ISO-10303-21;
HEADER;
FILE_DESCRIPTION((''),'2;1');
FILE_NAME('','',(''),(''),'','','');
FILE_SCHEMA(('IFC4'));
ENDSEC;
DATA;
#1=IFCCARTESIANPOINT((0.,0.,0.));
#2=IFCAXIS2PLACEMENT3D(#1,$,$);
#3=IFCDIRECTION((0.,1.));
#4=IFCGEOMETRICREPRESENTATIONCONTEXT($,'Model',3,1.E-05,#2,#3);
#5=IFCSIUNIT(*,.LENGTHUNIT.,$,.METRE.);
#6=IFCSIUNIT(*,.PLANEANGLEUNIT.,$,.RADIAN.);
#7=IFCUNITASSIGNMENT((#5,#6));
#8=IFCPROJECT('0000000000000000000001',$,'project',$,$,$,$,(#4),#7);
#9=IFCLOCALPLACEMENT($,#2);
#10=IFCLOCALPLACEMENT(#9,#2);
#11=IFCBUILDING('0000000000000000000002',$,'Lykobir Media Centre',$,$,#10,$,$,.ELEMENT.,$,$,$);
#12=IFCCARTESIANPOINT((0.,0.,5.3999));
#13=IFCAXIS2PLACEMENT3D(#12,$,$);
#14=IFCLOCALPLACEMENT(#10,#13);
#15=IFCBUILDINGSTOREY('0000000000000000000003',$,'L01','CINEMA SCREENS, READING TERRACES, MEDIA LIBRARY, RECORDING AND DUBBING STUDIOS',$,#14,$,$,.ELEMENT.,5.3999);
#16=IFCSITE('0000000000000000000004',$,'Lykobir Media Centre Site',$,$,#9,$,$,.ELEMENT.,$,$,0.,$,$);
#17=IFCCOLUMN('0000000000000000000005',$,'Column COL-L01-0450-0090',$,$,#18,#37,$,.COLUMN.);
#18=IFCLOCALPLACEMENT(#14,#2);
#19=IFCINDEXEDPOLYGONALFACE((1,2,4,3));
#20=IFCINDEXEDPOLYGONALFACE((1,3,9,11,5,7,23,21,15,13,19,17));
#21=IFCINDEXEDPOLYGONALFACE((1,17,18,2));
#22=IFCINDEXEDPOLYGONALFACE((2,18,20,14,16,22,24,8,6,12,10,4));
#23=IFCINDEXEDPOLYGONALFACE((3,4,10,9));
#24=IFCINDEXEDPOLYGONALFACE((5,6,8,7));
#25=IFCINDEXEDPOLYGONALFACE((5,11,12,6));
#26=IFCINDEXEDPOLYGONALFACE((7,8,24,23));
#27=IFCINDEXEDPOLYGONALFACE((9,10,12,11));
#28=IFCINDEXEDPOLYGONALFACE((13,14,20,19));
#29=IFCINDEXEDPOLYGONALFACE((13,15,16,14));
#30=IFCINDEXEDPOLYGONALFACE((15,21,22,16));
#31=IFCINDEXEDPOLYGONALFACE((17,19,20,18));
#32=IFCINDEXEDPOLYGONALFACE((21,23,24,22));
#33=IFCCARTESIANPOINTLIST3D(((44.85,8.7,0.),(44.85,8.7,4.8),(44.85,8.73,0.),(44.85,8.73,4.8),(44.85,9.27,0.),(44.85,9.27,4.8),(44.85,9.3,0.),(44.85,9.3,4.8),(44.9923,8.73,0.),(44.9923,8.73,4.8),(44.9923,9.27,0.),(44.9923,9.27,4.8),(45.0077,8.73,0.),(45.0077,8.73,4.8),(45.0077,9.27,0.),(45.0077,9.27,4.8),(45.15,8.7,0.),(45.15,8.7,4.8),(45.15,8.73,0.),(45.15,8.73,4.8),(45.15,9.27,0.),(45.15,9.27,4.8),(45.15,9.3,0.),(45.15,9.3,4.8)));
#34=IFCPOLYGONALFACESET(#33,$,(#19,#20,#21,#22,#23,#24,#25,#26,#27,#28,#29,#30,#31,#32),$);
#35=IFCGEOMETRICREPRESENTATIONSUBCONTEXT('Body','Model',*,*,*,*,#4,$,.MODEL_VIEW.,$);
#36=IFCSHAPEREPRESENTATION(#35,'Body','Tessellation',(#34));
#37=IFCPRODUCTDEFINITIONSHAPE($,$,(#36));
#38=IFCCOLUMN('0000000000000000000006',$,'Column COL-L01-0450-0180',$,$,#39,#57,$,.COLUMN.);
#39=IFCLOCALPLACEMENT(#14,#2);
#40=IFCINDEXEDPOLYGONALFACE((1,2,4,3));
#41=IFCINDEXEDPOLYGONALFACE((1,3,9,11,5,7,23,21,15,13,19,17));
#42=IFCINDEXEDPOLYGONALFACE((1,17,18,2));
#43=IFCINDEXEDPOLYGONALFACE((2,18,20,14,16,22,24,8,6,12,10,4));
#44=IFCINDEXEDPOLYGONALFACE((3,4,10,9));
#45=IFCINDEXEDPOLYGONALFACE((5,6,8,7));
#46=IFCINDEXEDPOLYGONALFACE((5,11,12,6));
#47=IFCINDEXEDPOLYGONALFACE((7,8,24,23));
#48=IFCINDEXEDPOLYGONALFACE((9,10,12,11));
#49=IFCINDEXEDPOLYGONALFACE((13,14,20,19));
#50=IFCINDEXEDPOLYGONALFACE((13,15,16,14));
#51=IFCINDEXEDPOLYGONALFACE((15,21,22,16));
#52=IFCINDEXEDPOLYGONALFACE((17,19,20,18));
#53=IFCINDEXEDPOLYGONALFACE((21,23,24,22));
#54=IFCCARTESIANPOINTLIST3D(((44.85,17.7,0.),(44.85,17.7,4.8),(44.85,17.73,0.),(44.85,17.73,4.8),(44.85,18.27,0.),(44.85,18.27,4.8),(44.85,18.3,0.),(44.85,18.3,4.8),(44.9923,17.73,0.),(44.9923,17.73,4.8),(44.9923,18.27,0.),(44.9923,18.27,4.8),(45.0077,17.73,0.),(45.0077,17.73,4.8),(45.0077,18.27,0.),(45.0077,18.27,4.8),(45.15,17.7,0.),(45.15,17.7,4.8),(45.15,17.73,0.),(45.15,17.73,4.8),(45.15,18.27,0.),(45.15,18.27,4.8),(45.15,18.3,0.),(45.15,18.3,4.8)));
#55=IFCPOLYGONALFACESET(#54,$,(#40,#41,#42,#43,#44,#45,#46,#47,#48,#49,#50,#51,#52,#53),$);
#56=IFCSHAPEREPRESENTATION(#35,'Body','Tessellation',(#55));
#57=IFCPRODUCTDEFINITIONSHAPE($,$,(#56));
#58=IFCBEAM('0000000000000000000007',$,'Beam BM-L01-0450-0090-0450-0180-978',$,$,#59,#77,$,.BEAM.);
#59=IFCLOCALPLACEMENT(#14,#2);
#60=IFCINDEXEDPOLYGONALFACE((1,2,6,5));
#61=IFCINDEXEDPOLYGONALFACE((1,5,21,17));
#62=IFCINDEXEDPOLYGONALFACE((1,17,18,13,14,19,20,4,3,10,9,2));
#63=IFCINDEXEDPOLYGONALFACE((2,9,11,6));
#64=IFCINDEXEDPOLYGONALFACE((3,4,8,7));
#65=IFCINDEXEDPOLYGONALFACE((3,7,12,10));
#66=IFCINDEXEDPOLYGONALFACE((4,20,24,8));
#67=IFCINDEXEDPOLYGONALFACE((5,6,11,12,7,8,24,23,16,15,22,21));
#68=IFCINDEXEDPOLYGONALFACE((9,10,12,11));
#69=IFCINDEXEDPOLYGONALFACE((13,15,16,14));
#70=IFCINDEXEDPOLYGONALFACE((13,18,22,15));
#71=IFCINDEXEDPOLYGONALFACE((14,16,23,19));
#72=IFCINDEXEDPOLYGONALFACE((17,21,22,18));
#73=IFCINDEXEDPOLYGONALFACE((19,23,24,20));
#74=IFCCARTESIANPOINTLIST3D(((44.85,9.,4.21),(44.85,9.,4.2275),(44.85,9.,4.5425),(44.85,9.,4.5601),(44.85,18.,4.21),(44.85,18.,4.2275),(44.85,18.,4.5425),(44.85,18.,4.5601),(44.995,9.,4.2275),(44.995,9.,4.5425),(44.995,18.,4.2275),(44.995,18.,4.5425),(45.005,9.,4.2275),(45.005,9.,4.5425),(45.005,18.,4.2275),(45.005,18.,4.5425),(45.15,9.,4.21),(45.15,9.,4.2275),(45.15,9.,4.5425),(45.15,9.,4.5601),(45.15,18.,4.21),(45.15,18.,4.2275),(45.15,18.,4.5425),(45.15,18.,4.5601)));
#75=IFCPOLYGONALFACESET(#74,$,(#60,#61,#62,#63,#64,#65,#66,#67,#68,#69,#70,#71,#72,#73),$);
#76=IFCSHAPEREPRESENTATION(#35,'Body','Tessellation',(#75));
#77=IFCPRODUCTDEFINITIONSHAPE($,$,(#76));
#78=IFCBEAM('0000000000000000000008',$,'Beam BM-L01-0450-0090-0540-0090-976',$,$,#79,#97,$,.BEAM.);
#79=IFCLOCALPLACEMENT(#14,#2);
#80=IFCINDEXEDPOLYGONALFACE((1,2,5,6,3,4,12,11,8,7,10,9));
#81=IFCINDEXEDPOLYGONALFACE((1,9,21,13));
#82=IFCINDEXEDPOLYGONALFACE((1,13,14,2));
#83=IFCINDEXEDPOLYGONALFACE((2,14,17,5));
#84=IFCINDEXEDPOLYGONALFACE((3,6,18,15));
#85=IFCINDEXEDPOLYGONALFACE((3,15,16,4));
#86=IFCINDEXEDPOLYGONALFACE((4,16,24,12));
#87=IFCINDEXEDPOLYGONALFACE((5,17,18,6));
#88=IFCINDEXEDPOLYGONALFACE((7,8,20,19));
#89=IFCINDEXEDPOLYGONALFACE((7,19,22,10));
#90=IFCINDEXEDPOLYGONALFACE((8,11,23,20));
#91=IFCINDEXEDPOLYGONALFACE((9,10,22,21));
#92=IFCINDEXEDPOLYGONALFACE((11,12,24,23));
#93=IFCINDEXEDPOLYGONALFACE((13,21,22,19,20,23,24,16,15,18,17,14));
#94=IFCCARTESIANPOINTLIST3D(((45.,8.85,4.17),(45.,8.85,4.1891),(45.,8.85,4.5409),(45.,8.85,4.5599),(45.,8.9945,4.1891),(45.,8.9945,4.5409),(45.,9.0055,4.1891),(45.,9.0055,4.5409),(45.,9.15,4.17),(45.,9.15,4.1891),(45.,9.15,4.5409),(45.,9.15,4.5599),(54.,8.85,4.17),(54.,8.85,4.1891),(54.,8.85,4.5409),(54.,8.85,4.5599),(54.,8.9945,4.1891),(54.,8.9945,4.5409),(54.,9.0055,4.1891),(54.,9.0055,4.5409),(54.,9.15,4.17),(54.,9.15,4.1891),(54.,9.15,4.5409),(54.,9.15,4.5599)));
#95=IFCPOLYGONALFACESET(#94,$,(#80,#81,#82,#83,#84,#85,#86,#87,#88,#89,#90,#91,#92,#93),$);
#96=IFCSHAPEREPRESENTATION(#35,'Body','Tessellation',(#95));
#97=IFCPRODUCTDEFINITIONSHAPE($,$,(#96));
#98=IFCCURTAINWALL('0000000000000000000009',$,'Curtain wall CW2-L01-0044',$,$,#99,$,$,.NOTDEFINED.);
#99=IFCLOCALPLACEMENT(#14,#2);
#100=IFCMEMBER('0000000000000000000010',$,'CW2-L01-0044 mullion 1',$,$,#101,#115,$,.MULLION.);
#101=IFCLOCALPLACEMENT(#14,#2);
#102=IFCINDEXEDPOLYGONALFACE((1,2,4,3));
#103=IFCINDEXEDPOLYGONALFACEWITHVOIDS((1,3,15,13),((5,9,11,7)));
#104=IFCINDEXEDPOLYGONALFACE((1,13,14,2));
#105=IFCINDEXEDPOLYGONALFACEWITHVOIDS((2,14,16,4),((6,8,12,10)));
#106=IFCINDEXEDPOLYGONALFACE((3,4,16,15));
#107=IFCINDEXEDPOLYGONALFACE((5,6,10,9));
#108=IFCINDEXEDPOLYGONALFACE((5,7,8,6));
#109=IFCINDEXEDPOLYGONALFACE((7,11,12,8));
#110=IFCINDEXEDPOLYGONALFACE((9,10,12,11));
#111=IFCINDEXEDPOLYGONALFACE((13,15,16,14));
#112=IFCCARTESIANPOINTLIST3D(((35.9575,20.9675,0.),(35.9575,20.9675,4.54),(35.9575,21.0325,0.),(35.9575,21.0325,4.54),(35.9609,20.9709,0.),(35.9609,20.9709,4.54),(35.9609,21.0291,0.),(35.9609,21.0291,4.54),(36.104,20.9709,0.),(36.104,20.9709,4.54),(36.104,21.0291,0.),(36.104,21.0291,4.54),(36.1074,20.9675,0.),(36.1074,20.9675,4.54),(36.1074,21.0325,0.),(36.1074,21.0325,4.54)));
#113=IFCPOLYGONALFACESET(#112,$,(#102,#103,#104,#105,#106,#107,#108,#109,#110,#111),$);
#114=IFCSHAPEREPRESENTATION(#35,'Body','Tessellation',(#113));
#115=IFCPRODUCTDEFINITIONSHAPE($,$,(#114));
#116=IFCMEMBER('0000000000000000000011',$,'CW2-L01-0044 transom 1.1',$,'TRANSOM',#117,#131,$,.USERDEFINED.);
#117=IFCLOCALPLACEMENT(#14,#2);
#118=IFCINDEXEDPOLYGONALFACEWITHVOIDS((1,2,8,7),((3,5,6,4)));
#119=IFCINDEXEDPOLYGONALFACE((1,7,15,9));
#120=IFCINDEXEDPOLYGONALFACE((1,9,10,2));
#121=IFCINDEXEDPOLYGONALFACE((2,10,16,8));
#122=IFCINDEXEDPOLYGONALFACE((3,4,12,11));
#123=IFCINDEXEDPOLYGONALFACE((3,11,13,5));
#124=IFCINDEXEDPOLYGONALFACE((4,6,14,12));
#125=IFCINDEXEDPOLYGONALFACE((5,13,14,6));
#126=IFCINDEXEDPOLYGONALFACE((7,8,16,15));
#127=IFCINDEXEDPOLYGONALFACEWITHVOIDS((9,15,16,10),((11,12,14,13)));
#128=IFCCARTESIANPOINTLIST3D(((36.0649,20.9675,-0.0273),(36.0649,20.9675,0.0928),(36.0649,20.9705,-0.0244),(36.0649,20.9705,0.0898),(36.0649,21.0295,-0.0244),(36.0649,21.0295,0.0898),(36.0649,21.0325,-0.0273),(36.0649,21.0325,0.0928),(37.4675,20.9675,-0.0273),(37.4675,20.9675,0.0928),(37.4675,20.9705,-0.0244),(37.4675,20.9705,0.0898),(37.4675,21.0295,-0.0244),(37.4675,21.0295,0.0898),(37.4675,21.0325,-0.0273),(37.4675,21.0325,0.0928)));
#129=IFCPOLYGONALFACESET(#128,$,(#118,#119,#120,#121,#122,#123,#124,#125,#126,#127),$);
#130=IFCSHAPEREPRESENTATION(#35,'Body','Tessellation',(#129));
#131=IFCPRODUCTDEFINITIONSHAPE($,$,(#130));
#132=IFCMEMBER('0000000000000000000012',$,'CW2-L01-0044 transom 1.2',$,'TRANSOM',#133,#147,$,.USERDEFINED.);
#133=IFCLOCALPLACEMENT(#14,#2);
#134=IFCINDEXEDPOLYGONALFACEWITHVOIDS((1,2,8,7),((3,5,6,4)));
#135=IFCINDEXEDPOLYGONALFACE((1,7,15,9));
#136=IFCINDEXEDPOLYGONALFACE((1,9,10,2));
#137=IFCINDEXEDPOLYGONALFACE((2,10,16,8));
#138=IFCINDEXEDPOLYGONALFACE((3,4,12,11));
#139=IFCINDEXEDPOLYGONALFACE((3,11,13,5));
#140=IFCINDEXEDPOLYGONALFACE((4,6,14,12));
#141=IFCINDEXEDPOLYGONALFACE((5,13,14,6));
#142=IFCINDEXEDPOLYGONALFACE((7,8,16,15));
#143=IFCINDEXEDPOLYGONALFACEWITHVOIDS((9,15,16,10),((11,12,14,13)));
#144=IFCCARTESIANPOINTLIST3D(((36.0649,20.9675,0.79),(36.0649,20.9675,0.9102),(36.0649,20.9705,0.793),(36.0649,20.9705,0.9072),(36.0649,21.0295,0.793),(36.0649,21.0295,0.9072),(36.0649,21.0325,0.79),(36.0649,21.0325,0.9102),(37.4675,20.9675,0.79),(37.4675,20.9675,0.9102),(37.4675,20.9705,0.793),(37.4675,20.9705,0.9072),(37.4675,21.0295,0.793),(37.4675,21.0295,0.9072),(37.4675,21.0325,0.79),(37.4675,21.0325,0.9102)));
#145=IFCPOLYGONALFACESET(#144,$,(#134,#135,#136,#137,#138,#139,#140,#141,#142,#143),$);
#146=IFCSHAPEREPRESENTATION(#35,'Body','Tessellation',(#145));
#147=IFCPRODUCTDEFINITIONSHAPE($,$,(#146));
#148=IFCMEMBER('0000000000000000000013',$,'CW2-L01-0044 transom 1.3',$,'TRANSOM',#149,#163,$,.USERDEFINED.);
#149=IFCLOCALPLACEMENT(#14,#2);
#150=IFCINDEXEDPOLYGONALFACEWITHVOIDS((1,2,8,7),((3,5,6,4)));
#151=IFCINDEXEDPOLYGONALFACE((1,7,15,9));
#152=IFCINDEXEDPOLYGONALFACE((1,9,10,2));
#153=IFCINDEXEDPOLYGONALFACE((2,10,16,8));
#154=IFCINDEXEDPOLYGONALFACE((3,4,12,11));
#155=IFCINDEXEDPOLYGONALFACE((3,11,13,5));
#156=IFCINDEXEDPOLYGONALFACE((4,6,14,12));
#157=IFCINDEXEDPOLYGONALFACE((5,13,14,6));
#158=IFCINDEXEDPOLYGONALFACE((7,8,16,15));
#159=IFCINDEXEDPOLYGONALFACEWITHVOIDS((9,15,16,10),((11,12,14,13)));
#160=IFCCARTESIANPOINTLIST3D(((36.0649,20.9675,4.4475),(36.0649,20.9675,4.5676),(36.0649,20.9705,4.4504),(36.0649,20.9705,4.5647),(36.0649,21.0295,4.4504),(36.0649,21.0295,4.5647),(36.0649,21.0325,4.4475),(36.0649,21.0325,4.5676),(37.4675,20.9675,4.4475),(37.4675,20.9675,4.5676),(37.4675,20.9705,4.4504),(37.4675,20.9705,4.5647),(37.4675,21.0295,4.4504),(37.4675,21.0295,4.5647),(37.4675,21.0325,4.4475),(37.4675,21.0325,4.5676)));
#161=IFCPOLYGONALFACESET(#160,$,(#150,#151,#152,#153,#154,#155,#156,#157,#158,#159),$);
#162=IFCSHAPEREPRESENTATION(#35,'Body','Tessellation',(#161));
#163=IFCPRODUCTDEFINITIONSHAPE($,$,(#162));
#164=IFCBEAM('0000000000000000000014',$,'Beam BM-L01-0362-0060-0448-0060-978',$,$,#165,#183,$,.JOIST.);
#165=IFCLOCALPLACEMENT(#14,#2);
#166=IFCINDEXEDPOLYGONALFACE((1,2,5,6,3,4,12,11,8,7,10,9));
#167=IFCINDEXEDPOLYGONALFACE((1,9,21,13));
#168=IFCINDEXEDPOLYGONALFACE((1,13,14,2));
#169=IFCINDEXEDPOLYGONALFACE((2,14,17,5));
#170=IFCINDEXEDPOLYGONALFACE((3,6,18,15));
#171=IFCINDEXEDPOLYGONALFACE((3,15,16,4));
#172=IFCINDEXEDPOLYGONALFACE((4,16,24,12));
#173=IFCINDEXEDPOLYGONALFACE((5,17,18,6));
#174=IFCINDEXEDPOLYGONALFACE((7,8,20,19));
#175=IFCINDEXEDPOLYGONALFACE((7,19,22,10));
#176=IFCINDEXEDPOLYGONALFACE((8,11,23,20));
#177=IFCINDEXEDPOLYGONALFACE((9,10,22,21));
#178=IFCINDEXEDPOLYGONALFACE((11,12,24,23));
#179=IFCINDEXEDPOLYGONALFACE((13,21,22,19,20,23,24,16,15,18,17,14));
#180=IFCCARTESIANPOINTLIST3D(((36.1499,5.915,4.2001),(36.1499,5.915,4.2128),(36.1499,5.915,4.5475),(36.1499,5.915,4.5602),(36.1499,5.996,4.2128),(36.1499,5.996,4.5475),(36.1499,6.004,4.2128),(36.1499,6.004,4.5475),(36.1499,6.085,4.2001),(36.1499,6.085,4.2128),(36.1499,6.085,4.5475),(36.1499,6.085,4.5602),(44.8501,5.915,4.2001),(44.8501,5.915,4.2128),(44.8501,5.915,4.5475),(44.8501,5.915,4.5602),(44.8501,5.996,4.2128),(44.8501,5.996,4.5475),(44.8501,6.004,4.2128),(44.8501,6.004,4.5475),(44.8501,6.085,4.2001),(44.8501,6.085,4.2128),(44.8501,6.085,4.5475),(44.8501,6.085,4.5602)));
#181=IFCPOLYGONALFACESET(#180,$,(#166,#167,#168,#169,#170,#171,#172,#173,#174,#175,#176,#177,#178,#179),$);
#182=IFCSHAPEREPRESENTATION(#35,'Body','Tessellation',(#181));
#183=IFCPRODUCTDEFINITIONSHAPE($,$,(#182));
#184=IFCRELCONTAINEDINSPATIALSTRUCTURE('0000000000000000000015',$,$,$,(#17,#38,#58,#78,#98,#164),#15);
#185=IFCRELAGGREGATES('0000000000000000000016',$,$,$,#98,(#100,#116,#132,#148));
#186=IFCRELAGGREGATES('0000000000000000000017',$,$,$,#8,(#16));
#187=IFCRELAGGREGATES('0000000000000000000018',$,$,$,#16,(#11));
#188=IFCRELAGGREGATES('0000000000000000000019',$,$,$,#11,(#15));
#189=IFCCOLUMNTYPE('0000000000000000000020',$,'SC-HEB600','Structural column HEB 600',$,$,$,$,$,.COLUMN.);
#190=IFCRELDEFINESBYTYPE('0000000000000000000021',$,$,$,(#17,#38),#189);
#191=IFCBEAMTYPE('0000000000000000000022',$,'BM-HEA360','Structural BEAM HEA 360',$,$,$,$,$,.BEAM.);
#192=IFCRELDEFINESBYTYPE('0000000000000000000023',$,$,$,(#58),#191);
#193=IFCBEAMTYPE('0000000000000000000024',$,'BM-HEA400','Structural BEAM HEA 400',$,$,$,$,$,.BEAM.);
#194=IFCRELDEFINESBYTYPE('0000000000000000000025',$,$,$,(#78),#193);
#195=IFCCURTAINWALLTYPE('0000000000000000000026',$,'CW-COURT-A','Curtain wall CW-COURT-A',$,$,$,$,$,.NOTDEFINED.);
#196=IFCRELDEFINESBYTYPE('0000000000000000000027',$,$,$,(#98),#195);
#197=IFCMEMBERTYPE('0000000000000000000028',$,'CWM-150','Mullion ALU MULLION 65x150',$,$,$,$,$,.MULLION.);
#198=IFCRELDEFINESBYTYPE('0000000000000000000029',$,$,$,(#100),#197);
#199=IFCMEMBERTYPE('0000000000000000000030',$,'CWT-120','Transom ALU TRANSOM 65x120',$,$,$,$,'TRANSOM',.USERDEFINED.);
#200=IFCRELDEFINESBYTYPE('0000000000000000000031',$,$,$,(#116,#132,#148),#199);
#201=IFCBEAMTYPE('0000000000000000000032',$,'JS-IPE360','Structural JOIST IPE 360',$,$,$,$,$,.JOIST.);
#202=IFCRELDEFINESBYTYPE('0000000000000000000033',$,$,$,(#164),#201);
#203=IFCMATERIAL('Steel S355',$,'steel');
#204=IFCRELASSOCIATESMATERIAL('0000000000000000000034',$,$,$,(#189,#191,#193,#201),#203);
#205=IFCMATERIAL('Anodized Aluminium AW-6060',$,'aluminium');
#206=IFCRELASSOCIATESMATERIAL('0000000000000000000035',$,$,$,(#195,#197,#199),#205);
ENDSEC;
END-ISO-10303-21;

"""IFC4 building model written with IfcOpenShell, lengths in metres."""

from ifc_helpers import new_model, si_unit, direction, frame, origin, origin_2d, place, context, subcontext, project, spatial, hollow_rectangle, i_section, extrude, material, material_profile, profile_set, type_object, element, aggregate, save


model = new_model("IFC4")

# Units and contexts
model_context = context("Model", 3, precision=1e-05, world=origin(), true_north=direction((0.0, 1.0)))
body_context = subcontext(model_context, "Body", "Model", "MODEL_VIEW")
ifc_project = project(units=[si_unit("LENGTHUNIT", "METRE"), si_unit("PLANEANGLEUNIT", "RADIAN")], contexts=[model_context])

# Site, building, storey
site_placement = place(None, origin())
site = spatial("IfcSite", under=ifc_project, at=site_placement, Name="Lykobir Media Centre Site", CompositionType="ELEMENT", RefElevation=0.0)
building_placement = place(site_placement, origin())
building = spatial("IfcBuilding", under=site, at=building_placement, Name="Lykobir Media Centre", CompositionType="ELEMENT")
storey_placement = place(building_placement, frame((0.0, 0.0, 5.3999)))
storey = spatial("IfcBuildingStorey", under=building, at=storey_placement, Name="L01", Description="CINEMA SCREENS, READING TERRACES, MEDIA LIBRARY, RECORDING AND DUBBING STUDIOS", CompositionType="ELEMENT", Elevation=5.3999)

# Columns
ifc_material_1 = material(Name="Steel S355", Category="steel")
ifc_material_profile_1 = material_profile(ifc_material_1, i_section(OverallWidth=0.3, OverallDepth=0.6001, WebThickness=0.0154, FlangeThickness=0.03, at=origin_2d()), Name="HEB 600")
ifc_profile_set_1 = profile_set([ifc_material_profile_1], Name="Steel S355")
column_type = type_object("IfcColumnType", Name="SC-HEB600", Description="Structural column HEB 600", PredefinedType="COLUMN", material=ifc_profile_set_1)
for number, where, z_axis, x_axis, name in (
    (1, (45.0, 9.0, 0.0), (0.0, 0.0, 1.0), (1.0, 0.0, 0.0), "Column COL-L01-0450-0090"),
    (2, (45.0, 18.0, 0.0), (0.0, 0.0, 1.0), (1.0, 0.0, 0.0), "Column COL-L01-0450-0180"),
):
    element("IfcColumn", number, at=place(storey_placement, frame(where, z_axis=z_axis, x_axis=x_axis)), inside=storey, type_object=column_type, Name=name, PredefinedType="COLUMN", context=body_context, shape_type="SweptSolid", body=[
        extrude(i_section(OverallWidth=0.3, OverallDepth=0.6001, WebThickness=0.0154, FlangeThickness=0.03, at=origin_2d()), origin(), (0.0, 0.0, 1.0), 4.8),
    ])

# Beams
ifc_material_profile_2 = material_profile(ifc_material_1, i_section(OverallWidth=0.3, OverallDepth=0.3501, WebThickness=0.01, FlangeThickness=0.0176, at=origin_2d()), Name="HEA 360")
ifc_profile_set_2 = profile_set([ifc_material_profile_2], Name="Steel S355")
beam_type_1 = type_object("IfcBeamType", Name="BM-HEA360", Description="Structural BEAM HEA 360", PredefinedType="BEAM", material=ifc_profile_set_2)
beam_1_placement = place(storey_placement, frame((45.0, 9.0, 4.385), z_axis=(0.0, 1.0, 0.0), x_axis=(-1.0, 0.0, 0.0)))
element("IfcBeam", 3, at=beam_1_placement, inside=storey, type_object=beam_type_1, Name="Beam BM-L01-0450-0090-0450-0180-978", PredefinedType="BEAM", context=body_context, shape_type="SweptSolid", body=[
    extrude(i_section(OverallWidth=0.3, OverallDepth=0.3501, WebThickness=0.01, FlangeThickness=0.0176, at=origin_2d()), origin(), (0.0, 0.0, 1.0), 9.0),
])
ifc_material_profile_3 = material_profile(ifc_material_1, i_section(OverallWidth=0.3, OverallDepth=0.3899, WebThickness=0.011, FlangeThickness=0.019, at=origin_2d()), Name="HEA 400")
ifc_profile_set_3 = profile_set([ifc_material_profile_3], Name="Steel S355")
beam_type_2 = type_object("IfcBeamType", Name="BM-HEA400", Description="Structural BEAM HEA 400", PredefinedType="BEAM", material=ifc_profile_set_3)
beam_2_placement = place(storey_placement, frame((45.0, 9.0, 4.365), z_axis=(1.0, 0.0, 0.0), x_axis=(0.0, 1.0, 0.0)))
element("IfcBeam", 4, at=beam_2_placement, inside=storey, type_object=beam_type_2, Name="Beam BM-L01-0450-0090-0540-0090-976", PredefinedType="BEAM", context=body_context, shape_type="SweptSolid", body=[
    extrude(i_section(OverallWidth=0.3, OverallDepth=0.3899, WebThickness=0.011, FlangeThickness=0.019, at=origin_2d()), origin(), (0.0, 0.0, 1.0), 9.0),
])

# Curtain wall, members
ifc_material_2 = material(Name="Anodized Aluminium AW-6060", Category="aluminium")
curtain_wall_type = type_object("IfcCurtainWallType", Name="CW-COURT-A", Description="Curtain wall CW-COURT-A", PredefinedType="NOTDEFINED", material=ifc_material_2)
curtain_wall_placement = place(storey_placement, origin())
curtain_wall = element("IfcCurtainWall", 5, at=curtain_wall_placement, inside=storey, type_object=curtain_wall_type, Name="Curtain wall CW2-L01-0044", PredefinedType="NOTDEFINED")
ifc_material_profile_4 = material_profile(ifc_material_2, hollow_rectangle(XDim=0.0649, YDim=0.1499, WallThickness=0.0034, at=origin_2d()), Name="ALU MULLION 65x150")
ifc_profile_set_4 = profile_set([ifc_material_profile_4], Name="Anodized Aluminium AW-6060")
member_type_1 = type_object("IfcMemberType", Name="CWM-150", Description="Mullion ALU MULLION 65x150", PredefinedType="MULLION", material=ifc_profile_set_4)
member_1_placement = place(storey_placement, frame((36.0325, 21.0, 0.0), z_axis=(0.0, 0.0, 1.0), x_axis=(0.0, 1.0, 0.0)))
member_1 = element("IfcMember", 6, at=member_1_placement, type_object=member_type_1, Name="CW2-L01-0044 mullion 1", PredefinedType="MULLION", context=body_context, shape_type="SweptSolid", body=[
    extrude(hollow_rectangle(XDim=0.0649, YDim=0.1499, WallThickness=0.0034, at=origin_2d()), origin(), (0.0, 0.0, 1.0), 4.54),
])
ifc_material_profile_5 = material_profile(ifc_material_2, hollow_rectangle(XDim=0.0649, YDim=0.1201, WallThickness=0.0029, at=origin_2d()), Name="ALU TRANSOM 65x120")
ifc_profile_set_5 = profile_set([ifc_material_profile_5], Name="Anodized Aluminium AW-6060")
member_type_2 = type_object("IfcMemberType", Name="CWT-120", Description="Transom ALU TRANSOM 65x120", ElementType="TRANSOM", PredefinedType="USERDEFINED", material=ifc_profile_set_5)
member_2_placement = place(storey_placement, frame((36.0649, 21.0, 0.0327), z_axis=(1.0, 0.0, 0.0), x_axis=(0.0, 1.0, 0.0)))
member_2 = element("IfcMember", 7, at=member_2_placement, type_object=member_type_2, Name="CW2-L01-0044 transom 1.1", ObjectType="TRANSOM", PredefinedType="USERDEFINED", context=body_context, shape_type="SweptSolid", body=[
    extrude(hollow_rectangle(XDim=0.0649, YDim=0.1201, WallThickness=0.0029, at=origin_2d()), origin(), (0.0, 0.0, 1.0), 1.4026),
])
member_3_placement = place(storey_placement, frame((36.0649, 21.0, 0.8501), z_axis=(1.0, 0.0, 0.0), x_axis=(0.0, 1.0, 0.0)))
member_3 = element("IfcMember", 8, at=member_3_placement, type_object=member_type_2, Name="CW2-L01-0044 transom 1.2", ObjectType="TRANSOM", PredefinedType="USERDEFINED", context=body_context, shape_type="SweptSolid", body=[
    extrude(hollow_rectangle(XDim=0.0649, YDim=0.1201, WallThickness=0.0029, at=origin_2d()), origin(), (0.0, 0.0, 1.0), 1.4026),
])
member_4_placement = place(storey_placement, frame((36.0649, 21.0, 4.5076), z_axis=(1.0, 0.0, 0.0), x_axis=(0.0, 1.0, 0.0)))
member_4 = element("IfcMember", 9, at=member_4_placement, type_object=member_type_2, Name="CW2-L01-0044 transom 1.3", ObjectType="TRANSOM", PredefinedType="USERDEFINED", context=body_context, shape_type="SweptSolid", body=[
    extrude(hollow_rectangle(XDim=0.0649, YDim=0.1201, WallThickness=0.0029, at=origin_2d()), origin(), (0.0, 0.0, 1.0), 1.4026),
])

# Beam
ifc_material_profile_6 = material_profile(ifc_material_1, i_section(OverallWidth=0.1699, OverallDepth=0.3601, WebThickness=0.0081, FlangeThickness=0.0127, at=origin_2d()), Name="IPE 360")
ifc_profile_set_6 = profile_set([ifc_material_profile_6], Name="Steel S355")
beam_type_3 = type_object("IfcBeamType", Name="JS-IPE360", Description="Structural JOIST IPE 360", PredefinedType="JOIST", material=ifc_profile_set_6)
for number, where, z_axis, x_axis, name in (
    (10, (36.1499, 6.0, 4.3801), (1.0, 0.0, 0.0), (0.0, 1.0, 0.0), "Beam BM-L01-0362-0060-0448-0060-978"),
):
    element("IfcBeam", number, at=place(storey_placement, frame(where, z_axis=z_axis, x_axis=x_axis)), inside=storey, type_object=beam_type_3, Name=name, PredefinedType="JOIST", context=body_context, shape_type="SweptSolid", body=[
        extrude(i_section(OverallWidth=0.1699, OverallDepth=0.3601, WebThickness=0.0081, FlangeThickness=0.0127, at=origin_2d()), origin(), (0.0, 0.0, 1.0), 8.7002),
    ])

aggregate(curtain_wall, [member_1, member_2, member_3, member_4])

save(model, "model.ifc")
